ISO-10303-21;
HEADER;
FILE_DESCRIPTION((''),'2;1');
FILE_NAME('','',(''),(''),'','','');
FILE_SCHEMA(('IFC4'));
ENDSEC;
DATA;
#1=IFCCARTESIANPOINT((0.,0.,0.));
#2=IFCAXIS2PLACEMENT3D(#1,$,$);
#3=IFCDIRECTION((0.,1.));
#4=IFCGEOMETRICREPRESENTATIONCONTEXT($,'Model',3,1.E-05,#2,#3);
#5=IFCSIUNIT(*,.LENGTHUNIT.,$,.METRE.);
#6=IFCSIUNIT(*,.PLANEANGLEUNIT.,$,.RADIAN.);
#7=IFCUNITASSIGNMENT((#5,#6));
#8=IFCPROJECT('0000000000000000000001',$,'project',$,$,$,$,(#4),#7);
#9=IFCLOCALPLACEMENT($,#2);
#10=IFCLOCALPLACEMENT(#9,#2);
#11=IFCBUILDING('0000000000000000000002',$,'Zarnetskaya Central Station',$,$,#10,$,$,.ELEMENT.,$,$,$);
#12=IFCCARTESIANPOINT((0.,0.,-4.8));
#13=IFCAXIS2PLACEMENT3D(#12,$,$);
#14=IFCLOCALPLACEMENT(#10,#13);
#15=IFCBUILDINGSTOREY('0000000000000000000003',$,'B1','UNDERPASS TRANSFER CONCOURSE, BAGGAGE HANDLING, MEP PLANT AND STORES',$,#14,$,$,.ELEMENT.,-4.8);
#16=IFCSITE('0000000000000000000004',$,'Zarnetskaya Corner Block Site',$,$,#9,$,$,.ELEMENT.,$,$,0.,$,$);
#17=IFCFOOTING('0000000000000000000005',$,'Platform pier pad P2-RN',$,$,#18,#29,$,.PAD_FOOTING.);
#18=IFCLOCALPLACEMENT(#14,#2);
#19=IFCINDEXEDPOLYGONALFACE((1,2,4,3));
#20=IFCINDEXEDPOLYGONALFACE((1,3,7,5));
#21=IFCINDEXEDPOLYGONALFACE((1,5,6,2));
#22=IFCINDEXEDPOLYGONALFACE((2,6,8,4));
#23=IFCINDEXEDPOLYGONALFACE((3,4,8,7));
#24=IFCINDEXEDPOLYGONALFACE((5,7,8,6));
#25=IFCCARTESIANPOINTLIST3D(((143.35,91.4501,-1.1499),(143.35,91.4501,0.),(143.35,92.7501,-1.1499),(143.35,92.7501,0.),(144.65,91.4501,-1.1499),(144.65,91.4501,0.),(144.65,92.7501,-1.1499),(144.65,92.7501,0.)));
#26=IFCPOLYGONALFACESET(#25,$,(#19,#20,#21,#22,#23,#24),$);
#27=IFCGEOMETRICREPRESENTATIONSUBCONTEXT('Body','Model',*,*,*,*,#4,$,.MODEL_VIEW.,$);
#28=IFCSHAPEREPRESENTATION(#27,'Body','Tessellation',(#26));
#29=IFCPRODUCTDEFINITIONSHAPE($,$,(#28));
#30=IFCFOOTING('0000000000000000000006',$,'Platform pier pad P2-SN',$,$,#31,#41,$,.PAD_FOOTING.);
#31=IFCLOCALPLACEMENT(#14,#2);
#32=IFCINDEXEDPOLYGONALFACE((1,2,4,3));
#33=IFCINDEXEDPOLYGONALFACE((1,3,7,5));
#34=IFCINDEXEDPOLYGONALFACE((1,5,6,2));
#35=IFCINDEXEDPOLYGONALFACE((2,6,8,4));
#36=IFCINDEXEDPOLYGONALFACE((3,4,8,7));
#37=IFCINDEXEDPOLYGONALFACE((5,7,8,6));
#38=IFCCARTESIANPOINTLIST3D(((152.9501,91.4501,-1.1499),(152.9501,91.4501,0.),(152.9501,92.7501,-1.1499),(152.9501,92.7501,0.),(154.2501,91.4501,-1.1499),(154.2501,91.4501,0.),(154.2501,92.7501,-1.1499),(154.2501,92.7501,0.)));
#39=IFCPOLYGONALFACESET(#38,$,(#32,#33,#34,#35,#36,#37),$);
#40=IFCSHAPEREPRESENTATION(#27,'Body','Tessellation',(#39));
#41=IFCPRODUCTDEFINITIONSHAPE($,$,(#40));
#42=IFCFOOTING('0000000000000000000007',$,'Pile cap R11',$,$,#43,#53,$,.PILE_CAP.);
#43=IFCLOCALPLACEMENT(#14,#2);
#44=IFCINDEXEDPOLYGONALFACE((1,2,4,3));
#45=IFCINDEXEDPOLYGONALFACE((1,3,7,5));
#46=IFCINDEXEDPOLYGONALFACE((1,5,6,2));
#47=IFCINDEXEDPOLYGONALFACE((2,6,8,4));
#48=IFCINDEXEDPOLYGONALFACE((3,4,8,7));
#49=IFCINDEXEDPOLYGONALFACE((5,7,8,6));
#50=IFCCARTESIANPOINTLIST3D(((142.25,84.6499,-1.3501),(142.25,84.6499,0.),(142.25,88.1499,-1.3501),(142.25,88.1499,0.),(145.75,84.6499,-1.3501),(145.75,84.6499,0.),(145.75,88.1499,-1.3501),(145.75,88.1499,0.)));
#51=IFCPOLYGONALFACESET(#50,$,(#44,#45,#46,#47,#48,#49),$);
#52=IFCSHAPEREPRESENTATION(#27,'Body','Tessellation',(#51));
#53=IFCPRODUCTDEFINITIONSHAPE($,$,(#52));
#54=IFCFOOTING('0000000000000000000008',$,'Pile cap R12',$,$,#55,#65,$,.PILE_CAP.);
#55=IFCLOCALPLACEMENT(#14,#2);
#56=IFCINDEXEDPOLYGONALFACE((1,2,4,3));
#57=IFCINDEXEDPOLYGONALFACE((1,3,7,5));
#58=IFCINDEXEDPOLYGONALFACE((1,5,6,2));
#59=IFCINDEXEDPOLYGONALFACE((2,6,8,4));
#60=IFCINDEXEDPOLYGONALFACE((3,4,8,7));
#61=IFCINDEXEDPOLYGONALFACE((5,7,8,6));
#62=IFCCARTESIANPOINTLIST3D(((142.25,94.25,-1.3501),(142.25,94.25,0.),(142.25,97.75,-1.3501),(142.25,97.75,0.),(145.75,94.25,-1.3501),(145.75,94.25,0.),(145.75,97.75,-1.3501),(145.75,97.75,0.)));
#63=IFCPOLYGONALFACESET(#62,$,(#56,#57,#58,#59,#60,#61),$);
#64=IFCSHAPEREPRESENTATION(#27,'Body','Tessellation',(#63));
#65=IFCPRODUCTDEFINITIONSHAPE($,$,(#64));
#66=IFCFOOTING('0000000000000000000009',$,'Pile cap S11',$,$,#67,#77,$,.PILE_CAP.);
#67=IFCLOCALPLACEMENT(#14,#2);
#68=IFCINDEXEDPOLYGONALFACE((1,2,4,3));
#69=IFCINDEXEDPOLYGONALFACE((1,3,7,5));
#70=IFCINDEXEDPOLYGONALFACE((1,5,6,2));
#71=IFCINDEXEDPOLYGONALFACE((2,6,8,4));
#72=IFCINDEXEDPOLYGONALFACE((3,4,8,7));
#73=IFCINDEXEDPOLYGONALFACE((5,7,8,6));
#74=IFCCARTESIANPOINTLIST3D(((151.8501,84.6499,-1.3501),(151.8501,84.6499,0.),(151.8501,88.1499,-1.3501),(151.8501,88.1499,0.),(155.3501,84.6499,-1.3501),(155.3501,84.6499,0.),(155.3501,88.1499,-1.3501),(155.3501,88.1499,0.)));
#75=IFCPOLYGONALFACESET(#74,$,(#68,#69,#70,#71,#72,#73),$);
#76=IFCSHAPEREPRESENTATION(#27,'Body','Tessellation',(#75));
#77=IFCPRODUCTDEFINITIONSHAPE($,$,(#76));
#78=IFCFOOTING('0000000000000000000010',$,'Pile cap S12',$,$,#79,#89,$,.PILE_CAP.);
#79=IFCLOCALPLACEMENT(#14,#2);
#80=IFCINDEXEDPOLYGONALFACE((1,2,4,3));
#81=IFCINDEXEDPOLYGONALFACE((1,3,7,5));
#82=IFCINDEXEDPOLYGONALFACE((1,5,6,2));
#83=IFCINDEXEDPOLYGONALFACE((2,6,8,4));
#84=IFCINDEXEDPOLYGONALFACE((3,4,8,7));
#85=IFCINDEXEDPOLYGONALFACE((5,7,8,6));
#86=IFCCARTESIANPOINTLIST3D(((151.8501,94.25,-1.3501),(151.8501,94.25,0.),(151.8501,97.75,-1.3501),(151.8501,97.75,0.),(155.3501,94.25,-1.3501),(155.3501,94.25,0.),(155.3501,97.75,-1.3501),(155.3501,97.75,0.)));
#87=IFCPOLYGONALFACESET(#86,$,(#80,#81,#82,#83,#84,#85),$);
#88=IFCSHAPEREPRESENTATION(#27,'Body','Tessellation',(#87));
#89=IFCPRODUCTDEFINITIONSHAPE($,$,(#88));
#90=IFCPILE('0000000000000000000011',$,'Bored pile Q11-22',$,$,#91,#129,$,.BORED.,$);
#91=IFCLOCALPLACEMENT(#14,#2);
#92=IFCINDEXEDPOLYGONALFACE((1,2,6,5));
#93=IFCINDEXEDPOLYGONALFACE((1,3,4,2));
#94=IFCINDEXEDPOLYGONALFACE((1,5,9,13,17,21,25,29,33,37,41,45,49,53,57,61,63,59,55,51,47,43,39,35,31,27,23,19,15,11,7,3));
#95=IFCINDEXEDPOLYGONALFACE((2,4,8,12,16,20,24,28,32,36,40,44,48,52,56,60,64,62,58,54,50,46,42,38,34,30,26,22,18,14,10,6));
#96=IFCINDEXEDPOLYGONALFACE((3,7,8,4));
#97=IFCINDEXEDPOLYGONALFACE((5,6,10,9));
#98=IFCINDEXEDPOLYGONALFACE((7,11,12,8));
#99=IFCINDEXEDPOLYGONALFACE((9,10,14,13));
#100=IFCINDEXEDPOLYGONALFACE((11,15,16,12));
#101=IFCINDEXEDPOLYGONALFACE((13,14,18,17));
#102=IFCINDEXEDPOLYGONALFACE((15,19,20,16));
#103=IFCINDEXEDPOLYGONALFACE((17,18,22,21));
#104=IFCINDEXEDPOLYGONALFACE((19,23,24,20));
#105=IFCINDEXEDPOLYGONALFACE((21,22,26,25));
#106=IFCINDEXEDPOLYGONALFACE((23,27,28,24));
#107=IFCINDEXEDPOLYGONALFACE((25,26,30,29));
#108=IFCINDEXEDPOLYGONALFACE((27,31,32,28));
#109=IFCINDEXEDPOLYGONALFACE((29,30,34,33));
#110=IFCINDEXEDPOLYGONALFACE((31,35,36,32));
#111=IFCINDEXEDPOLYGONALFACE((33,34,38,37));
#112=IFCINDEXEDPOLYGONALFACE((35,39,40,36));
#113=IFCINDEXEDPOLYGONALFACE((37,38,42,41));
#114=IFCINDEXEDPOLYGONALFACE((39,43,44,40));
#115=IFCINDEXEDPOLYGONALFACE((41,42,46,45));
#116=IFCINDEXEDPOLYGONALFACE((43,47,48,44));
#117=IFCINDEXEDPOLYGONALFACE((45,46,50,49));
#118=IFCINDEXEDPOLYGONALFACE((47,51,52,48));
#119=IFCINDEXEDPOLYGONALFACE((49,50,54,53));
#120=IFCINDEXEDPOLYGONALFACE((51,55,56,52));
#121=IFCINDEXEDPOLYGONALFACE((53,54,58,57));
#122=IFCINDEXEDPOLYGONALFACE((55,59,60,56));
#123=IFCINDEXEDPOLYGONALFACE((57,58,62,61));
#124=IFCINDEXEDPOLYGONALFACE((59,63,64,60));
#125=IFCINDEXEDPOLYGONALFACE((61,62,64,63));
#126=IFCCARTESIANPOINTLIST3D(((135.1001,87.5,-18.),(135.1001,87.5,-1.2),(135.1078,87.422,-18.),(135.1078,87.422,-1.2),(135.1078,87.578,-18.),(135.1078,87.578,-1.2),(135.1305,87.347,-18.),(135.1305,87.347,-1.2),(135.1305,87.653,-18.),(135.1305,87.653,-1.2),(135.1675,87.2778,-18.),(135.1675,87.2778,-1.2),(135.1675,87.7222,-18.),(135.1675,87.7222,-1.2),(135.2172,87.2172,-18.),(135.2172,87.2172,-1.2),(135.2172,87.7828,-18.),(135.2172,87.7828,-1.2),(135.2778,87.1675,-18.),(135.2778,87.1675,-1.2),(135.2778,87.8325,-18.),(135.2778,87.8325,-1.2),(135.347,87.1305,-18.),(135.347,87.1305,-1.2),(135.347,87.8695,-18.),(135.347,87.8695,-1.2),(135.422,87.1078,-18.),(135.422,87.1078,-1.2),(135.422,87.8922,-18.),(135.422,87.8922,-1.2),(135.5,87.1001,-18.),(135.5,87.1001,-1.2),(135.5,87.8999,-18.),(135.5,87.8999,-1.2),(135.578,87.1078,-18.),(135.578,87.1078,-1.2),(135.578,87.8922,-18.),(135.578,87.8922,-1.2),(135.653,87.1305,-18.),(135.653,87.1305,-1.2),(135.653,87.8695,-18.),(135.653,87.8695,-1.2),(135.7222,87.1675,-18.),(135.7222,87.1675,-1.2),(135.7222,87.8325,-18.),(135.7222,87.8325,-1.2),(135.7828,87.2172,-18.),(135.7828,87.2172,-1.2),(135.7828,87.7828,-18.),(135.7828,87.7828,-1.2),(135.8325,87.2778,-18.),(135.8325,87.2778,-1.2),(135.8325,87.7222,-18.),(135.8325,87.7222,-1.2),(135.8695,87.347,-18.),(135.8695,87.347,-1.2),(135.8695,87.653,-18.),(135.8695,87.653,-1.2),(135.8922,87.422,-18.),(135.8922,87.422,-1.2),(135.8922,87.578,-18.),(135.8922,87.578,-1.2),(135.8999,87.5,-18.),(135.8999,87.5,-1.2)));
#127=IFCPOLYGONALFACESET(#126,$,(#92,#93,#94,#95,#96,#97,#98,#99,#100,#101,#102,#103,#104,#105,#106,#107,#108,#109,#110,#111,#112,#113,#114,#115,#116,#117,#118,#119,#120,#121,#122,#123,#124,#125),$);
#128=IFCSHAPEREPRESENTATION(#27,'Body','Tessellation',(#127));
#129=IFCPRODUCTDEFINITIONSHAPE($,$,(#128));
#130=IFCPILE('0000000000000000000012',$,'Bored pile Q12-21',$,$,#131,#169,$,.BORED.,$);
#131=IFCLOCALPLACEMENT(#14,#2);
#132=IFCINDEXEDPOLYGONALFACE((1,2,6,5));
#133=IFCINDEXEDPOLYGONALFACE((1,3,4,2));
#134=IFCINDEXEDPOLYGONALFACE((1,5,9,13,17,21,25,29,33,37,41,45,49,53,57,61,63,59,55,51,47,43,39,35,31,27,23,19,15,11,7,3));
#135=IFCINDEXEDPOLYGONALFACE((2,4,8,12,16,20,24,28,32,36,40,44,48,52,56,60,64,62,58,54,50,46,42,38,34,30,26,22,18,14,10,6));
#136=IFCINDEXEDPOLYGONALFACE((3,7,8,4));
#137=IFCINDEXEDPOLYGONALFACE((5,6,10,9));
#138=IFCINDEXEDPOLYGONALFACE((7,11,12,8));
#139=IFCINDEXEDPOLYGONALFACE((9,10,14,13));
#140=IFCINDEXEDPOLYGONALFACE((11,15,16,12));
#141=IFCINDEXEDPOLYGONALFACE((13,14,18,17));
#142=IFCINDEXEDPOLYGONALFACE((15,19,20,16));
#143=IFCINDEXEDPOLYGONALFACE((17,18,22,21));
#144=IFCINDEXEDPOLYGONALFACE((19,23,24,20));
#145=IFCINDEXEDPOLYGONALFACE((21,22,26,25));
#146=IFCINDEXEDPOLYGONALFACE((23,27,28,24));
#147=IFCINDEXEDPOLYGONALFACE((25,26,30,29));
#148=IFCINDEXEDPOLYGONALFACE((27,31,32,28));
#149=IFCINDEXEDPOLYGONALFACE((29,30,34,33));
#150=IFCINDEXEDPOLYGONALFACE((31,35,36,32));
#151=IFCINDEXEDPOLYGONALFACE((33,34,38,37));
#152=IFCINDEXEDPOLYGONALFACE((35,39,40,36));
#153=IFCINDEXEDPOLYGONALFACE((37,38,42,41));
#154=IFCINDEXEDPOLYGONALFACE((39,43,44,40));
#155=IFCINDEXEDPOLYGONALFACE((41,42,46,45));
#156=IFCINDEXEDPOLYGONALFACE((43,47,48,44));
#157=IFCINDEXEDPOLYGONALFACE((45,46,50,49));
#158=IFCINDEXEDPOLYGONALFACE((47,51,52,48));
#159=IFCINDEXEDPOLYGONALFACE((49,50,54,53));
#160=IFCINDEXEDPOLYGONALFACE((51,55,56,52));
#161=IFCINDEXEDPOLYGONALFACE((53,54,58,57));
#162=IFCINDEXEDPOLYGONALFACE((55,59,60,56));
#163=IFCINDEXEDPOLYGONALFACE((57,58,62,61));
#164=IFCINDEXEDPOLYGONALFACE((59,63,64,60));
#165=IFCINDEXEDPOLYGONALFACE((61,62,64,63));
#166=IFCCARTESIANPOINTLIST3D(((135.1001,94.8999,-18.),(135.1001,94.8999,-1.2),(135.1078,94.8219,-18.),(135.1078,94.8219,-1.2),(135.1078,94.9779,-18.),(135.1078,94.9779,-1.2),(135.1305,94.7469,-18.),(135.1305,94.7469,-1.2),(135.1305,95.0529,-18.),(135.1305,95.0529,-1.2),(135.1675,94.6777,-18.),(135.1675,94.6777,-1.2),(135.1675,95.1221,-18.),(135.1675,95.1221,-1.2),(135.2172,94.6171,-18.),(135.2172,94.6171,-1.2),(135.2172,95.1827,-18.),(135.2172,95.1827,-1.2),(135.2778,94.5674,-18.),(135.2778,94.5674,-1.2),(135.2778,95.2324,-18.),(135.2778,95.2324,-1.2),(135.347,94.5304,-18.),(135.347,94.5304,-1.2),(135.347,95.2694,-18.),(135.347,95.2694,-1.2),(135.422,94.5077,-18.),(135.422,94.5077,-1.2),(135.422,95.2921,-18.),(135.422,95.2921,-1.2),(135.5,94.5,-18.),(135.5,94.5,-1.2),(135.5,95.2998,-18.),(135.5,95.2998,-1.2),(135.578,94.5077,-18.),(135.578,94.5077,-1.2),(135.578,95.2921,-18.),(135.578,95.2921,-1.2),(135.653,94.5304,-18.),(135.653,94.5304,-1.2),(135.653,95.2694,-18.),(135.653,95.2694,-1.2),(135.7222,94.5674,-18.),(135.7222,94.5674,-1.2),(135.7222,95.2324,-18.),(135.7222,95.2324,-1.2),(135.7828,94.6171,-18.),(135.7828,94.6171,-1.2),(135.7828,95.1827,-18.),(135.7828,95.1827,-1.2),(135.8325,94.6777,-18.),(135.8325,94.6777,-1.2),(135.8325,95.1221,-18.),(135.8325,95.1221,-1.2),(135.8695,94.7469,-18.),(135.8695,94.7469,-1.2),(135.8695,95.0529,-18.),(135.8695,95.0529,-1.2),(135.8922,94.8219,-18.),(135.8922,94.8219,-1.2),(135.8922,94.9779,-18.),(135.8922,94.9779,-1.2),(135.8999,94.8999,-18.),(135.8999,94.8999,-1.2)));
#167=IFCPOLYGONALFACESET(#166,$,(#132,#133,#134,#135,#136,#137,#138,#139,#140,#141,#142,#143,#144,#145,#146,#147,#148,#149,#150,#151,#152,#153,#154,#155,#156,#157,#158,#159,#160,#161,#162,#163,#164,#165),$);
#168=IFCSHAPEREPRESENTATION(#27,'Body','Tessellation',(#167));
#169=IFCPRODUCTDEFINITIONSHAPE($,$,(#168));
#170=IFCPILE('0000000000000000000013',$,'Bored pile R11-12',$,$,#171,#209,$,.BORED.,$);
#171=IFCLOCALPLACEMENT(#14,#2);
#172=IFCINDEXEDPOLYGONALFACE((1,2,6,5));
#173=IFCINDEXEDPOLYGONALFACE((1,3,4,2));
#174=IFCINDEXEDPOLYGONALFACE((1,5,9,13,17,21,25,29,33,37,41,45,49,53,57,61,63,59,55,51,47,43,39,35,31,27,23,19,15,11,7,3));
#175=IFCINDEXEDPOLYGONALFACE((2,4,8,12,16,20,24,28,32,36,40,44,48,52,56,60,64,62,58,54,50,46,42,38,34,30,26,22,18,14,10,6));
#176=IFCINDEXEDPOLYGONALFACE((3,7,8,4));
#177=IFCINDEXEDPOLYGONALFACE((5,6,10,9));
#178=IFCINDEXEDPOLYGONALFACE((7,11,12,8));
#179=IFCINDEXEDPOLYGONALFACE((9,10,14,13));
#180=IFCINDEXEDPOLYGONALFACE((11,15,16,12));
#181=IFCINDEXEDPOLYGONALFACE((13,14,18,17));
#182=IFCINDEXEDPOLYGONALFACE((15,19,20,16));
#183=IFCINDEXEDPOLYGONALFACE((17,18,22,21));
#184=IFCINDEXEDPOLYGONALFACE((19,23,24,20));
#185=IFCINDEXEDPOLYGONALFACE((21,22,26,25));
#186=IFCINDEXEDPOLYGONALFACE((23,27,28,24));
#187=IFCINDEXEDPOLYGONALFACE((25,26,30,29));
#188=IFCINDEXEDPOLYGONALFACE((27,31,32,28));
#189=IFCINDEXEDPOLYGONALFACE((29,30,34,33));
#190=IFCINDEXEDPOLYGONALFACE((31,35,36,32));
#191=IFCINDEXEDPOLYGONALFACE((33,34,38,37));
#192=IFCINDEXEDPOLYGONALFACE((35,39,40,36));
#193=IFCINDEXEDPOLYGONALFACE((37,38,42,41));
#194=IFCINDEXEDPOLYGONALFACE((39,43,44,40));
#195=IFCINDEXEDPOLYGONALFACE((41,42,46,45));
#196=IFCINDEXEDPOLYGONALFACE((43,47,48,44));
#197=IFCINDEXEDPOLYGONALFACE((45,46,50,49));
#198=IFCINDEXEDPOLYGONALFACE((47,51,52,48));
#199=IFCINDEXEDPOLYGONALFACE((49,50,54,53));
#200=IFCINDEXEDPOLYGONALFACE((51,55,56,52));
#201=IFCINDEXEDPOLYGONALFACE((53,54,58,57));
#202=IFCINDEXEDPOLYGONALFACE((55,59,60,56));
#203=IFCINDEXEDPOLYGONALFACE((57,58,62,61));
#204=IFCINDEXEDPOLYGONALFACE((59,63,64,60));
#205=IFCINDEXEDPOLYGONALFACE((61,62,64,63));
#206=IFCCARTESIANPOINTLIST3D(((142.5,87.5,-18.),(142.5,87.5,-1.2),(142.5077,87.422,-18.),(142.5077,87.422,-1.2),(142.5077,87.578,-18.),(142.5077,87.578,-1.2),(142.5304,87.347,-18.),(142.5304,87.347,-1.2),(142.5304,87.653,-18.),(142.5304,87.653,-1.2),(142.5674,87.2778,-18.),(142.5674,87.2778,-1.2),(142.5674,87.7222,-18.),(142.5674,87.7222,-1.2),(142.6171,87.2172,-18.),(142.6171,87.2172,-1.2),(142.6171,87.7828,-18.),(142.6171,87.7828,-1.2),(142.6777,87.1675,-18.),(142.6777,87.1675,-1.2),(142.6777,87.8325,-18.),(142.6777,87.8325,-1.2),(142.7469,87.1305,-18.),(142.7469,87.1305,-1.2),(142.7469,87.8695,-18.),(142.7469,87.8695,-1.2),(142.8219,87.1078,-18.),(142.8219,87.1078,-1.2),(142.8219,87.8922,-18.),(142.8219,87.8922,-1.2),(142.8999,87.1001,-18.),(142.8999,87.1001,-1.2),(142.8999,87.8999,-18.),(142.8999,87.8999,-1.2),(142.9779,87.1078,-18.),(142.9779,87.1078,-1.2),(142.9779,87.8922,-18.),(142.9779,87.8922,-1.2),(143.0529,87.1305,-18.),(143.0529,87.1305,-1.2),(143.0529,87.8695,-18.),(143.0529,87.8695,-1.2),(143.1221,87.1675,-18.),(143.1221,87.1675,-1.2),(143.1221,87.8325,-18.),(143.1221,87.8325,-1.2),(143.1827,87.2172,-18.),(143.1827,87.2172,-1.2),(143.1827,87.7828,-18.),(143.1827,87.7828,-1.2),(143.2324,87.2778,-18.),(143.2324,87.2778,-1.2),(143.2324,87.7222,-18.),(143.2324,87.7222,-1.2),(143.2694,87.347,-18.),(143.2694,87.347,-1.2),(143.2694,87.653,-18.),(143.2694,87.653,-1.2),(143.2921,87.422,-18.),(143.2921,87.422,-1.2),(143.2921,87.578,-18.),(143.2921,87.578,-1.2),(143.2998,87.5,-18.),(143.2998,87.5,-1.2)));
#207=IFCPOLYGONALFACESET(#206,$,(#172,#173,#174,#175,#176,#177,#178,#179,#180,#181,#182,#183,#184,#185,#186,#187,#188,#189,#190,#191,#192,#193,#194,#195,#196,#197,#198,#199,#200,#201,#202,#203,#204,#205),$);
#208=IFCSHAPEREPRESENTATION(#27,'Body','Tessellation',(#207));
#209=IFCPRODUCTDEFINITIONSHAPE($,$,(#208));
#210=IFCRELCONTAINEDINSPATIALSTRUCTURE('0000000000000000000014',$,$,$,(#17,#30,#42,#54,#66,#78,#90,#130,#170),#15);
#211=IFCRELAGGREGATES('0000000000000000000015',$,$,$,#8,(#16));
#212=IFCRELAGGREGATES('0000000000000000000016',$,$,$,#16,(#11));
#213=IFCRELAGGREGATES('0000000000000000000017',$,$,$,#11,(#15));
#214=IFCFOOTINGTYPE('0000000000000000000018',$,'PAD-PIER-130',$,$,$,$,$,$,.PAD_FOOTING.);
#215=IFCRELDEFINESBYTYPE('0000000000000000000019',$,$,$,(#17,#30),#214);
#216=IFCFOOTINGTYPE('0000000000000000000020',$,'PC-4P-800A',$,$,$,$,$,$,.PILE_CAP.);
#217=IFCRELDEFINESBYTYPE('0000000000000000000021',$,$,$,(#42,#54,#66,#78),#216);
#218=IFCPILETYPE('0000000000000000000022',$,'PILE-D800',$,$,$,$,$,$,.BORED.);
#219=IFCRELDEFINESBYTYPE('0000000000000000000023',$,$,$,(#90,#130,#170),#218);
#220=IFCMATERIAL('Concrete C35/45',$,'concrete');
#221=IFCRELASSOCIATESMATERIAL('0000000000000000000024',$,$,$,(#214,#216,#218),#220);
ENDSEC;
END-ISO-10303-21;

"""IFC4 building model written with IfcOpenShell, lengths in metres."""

from ifc_helpers import new_model, si_unit, direction, frame, origin, origin_2d, place, context, subcontext, project, spatial, rectangle, circle, extrude, material, material_profile, profile_set, type_object, element, save


model = new_model("IFC4")

# Units and contexts
model_context = context("Model", 3, precision=1e-05, world=origin(), true_north=direction((0.0, 1.0)))
body_context = subcontext(model_context, "Body", "Model", "MODEL_VIEW")
ifc_project = project(units=[si_unit("LENGTHUNIT", "METRE"), si_unit("PLANEANGLEUNIT", "RADIAN")], contexts=[model_context])

# Site, building, storey
site_placement = place(None, origin())
site = spatial("IfcSite", under=ifc_project, at=site_placement, Name="Zarnetskaya Corner Block Site", CompositionType="ELEMENT", RefElevation=0.0)
building_placement = place(site_placement, origin())
building = spatial("IfcBuilding", under=site, at=building_placement, Name="Zarnetskaya Central Station", CompositionType="ELEMENT")
storey_placement = place(building_placement, frame((0.0, 0.0, -4.8)))
storey = spatial("IfcBuildingStorey", under=building, at=storey_placement, Name="B1", Description="UNDERPASS TRANSFER CONCOURSE, BAGGAGE HANDLING, MEP PLANT AND STORES", CompositionType="ELEMENT", Elevation=-4.8)

# Footings
ifc_material = material(Name="Concrete C35/45", Category="concrete")
footing_type_1 = type_object("IfcFootingType", Name="PAD-PIER-130", PredefinedType="PAD_FOOTING", material=ifc_material)
for number, where, z_axis, x_axis, name in (
    (1, (144.0, 92.1001, -1.1499), (0.0, 0.0, 1.0), (1.0, 0.0, 0.0), "Platform pier pad P2-RN"),
    (2, (153.6001, 92.1001, -1.1499), (0.0, 0.0, 1.0), (1.0, 0.0, 0.0), "Platform pier pad P2-SN"),
):
    element("IfcFooting", number, at=place(storey_placement, frame(where, z_axis=z_axis, x_axis=x_axis)), inside=storey, type_object=footing_type_1, Name=name, PredefinedType="PAD_FOOTING", context=body_context, shape_type="SweptSolid", body=[
        extrude(rectangle(XDim=1.3, YDim=1.3, at=origin_2d()), origin(), (0.0, 0.0, 1.0), 1.1499),
    ])
footing_type_2 = type_object("IfcFootingType", Name="PC-4P-800A", PredefinedType="PILE_CAP", material=ifc_material)
for number, where, z_axis, x_axis, name in (
    (3, (144.0, 86.3999, -1.3501), (0.0, 0.0, 1.0), (1.0, 0.0, 0.0), "Pile cap R11"),
    (4, (144.0, 96.0, -1.3501), (0.0, 0.0, 1.0), (1.0, 0.0, 0.0), "Pile cap R12"),
    (5, (153.6001, 86.3999, -1.3501), (0.0, 0.0, 1.0), (1.0, 0.0, 0.0), "Pile cap S11"),
    (6, (153.6001, 96.0, -1.3501), (0.0, 0.0, 1.0), (1.0, 0.0, 0.0), "Pile cap S12"),
):
    element("IfcFooting", number, at=place(storey_placement, frame(where, z_axis=z_axis, x_axis=x_axis)), inside=storey, type_object=footing_type_2, Name=name, PredefinedType="PILE_CAP", context=body_context, shape_type="SweptSolid", body=[
        extrude(rectangle(XDim=3.5, YDim=3.5, at=origin_2d()), origin(), (0.0, 0.0, 1.0), 1.3501),
    ])

# Piles
ifc_material_profile_1 = material_profile(ifc_material, circle(Radius=0.3999, at=origin_2d()), Name="BORED PILE D800")
ifc_profile_set_1 = profile_set([ifc_material_profile_1], Name="Concrete C35/45")
pile_type = type_object("IfcPileType", Name="PILE-D800", PredefinedType="BORED", material=ifc_profile_set_1)
for number, where, z_axis, x_axis, name in (
    (7, (135.5, 87.5, -1.2), (0.0, 0.0, -1.0), (1.0, 0.0, 0.0), "Bored pile Q11-22"),
    (8, (135.5, 94.8999, -1.2), (0.0, 0.0, -1.0), (1.0, 0.0, 0.0), "Bored pile Q12-21"),
    (9, (142.8999, 87.5, -1.2), (0.0, 0.0, -1.0), (1.0, 0.0, 0.0), "Bored pile R11-12"),
):
    element("IfcPile", number, at=place(storey_placement, frame(where, z_axis=z_axis, x_axis=x_axis)), inside=storey, type_object=pile_type, Name=name, PredefinedType="BORED", context=body_context, shape_type="SweptSolid", body=[
        extrude(circle(Radius=0.3999, at=origin_2d()), origin(), (0.0, 0.0, 1.0), 16.8),
    ])

save(model, "model.ifc")
